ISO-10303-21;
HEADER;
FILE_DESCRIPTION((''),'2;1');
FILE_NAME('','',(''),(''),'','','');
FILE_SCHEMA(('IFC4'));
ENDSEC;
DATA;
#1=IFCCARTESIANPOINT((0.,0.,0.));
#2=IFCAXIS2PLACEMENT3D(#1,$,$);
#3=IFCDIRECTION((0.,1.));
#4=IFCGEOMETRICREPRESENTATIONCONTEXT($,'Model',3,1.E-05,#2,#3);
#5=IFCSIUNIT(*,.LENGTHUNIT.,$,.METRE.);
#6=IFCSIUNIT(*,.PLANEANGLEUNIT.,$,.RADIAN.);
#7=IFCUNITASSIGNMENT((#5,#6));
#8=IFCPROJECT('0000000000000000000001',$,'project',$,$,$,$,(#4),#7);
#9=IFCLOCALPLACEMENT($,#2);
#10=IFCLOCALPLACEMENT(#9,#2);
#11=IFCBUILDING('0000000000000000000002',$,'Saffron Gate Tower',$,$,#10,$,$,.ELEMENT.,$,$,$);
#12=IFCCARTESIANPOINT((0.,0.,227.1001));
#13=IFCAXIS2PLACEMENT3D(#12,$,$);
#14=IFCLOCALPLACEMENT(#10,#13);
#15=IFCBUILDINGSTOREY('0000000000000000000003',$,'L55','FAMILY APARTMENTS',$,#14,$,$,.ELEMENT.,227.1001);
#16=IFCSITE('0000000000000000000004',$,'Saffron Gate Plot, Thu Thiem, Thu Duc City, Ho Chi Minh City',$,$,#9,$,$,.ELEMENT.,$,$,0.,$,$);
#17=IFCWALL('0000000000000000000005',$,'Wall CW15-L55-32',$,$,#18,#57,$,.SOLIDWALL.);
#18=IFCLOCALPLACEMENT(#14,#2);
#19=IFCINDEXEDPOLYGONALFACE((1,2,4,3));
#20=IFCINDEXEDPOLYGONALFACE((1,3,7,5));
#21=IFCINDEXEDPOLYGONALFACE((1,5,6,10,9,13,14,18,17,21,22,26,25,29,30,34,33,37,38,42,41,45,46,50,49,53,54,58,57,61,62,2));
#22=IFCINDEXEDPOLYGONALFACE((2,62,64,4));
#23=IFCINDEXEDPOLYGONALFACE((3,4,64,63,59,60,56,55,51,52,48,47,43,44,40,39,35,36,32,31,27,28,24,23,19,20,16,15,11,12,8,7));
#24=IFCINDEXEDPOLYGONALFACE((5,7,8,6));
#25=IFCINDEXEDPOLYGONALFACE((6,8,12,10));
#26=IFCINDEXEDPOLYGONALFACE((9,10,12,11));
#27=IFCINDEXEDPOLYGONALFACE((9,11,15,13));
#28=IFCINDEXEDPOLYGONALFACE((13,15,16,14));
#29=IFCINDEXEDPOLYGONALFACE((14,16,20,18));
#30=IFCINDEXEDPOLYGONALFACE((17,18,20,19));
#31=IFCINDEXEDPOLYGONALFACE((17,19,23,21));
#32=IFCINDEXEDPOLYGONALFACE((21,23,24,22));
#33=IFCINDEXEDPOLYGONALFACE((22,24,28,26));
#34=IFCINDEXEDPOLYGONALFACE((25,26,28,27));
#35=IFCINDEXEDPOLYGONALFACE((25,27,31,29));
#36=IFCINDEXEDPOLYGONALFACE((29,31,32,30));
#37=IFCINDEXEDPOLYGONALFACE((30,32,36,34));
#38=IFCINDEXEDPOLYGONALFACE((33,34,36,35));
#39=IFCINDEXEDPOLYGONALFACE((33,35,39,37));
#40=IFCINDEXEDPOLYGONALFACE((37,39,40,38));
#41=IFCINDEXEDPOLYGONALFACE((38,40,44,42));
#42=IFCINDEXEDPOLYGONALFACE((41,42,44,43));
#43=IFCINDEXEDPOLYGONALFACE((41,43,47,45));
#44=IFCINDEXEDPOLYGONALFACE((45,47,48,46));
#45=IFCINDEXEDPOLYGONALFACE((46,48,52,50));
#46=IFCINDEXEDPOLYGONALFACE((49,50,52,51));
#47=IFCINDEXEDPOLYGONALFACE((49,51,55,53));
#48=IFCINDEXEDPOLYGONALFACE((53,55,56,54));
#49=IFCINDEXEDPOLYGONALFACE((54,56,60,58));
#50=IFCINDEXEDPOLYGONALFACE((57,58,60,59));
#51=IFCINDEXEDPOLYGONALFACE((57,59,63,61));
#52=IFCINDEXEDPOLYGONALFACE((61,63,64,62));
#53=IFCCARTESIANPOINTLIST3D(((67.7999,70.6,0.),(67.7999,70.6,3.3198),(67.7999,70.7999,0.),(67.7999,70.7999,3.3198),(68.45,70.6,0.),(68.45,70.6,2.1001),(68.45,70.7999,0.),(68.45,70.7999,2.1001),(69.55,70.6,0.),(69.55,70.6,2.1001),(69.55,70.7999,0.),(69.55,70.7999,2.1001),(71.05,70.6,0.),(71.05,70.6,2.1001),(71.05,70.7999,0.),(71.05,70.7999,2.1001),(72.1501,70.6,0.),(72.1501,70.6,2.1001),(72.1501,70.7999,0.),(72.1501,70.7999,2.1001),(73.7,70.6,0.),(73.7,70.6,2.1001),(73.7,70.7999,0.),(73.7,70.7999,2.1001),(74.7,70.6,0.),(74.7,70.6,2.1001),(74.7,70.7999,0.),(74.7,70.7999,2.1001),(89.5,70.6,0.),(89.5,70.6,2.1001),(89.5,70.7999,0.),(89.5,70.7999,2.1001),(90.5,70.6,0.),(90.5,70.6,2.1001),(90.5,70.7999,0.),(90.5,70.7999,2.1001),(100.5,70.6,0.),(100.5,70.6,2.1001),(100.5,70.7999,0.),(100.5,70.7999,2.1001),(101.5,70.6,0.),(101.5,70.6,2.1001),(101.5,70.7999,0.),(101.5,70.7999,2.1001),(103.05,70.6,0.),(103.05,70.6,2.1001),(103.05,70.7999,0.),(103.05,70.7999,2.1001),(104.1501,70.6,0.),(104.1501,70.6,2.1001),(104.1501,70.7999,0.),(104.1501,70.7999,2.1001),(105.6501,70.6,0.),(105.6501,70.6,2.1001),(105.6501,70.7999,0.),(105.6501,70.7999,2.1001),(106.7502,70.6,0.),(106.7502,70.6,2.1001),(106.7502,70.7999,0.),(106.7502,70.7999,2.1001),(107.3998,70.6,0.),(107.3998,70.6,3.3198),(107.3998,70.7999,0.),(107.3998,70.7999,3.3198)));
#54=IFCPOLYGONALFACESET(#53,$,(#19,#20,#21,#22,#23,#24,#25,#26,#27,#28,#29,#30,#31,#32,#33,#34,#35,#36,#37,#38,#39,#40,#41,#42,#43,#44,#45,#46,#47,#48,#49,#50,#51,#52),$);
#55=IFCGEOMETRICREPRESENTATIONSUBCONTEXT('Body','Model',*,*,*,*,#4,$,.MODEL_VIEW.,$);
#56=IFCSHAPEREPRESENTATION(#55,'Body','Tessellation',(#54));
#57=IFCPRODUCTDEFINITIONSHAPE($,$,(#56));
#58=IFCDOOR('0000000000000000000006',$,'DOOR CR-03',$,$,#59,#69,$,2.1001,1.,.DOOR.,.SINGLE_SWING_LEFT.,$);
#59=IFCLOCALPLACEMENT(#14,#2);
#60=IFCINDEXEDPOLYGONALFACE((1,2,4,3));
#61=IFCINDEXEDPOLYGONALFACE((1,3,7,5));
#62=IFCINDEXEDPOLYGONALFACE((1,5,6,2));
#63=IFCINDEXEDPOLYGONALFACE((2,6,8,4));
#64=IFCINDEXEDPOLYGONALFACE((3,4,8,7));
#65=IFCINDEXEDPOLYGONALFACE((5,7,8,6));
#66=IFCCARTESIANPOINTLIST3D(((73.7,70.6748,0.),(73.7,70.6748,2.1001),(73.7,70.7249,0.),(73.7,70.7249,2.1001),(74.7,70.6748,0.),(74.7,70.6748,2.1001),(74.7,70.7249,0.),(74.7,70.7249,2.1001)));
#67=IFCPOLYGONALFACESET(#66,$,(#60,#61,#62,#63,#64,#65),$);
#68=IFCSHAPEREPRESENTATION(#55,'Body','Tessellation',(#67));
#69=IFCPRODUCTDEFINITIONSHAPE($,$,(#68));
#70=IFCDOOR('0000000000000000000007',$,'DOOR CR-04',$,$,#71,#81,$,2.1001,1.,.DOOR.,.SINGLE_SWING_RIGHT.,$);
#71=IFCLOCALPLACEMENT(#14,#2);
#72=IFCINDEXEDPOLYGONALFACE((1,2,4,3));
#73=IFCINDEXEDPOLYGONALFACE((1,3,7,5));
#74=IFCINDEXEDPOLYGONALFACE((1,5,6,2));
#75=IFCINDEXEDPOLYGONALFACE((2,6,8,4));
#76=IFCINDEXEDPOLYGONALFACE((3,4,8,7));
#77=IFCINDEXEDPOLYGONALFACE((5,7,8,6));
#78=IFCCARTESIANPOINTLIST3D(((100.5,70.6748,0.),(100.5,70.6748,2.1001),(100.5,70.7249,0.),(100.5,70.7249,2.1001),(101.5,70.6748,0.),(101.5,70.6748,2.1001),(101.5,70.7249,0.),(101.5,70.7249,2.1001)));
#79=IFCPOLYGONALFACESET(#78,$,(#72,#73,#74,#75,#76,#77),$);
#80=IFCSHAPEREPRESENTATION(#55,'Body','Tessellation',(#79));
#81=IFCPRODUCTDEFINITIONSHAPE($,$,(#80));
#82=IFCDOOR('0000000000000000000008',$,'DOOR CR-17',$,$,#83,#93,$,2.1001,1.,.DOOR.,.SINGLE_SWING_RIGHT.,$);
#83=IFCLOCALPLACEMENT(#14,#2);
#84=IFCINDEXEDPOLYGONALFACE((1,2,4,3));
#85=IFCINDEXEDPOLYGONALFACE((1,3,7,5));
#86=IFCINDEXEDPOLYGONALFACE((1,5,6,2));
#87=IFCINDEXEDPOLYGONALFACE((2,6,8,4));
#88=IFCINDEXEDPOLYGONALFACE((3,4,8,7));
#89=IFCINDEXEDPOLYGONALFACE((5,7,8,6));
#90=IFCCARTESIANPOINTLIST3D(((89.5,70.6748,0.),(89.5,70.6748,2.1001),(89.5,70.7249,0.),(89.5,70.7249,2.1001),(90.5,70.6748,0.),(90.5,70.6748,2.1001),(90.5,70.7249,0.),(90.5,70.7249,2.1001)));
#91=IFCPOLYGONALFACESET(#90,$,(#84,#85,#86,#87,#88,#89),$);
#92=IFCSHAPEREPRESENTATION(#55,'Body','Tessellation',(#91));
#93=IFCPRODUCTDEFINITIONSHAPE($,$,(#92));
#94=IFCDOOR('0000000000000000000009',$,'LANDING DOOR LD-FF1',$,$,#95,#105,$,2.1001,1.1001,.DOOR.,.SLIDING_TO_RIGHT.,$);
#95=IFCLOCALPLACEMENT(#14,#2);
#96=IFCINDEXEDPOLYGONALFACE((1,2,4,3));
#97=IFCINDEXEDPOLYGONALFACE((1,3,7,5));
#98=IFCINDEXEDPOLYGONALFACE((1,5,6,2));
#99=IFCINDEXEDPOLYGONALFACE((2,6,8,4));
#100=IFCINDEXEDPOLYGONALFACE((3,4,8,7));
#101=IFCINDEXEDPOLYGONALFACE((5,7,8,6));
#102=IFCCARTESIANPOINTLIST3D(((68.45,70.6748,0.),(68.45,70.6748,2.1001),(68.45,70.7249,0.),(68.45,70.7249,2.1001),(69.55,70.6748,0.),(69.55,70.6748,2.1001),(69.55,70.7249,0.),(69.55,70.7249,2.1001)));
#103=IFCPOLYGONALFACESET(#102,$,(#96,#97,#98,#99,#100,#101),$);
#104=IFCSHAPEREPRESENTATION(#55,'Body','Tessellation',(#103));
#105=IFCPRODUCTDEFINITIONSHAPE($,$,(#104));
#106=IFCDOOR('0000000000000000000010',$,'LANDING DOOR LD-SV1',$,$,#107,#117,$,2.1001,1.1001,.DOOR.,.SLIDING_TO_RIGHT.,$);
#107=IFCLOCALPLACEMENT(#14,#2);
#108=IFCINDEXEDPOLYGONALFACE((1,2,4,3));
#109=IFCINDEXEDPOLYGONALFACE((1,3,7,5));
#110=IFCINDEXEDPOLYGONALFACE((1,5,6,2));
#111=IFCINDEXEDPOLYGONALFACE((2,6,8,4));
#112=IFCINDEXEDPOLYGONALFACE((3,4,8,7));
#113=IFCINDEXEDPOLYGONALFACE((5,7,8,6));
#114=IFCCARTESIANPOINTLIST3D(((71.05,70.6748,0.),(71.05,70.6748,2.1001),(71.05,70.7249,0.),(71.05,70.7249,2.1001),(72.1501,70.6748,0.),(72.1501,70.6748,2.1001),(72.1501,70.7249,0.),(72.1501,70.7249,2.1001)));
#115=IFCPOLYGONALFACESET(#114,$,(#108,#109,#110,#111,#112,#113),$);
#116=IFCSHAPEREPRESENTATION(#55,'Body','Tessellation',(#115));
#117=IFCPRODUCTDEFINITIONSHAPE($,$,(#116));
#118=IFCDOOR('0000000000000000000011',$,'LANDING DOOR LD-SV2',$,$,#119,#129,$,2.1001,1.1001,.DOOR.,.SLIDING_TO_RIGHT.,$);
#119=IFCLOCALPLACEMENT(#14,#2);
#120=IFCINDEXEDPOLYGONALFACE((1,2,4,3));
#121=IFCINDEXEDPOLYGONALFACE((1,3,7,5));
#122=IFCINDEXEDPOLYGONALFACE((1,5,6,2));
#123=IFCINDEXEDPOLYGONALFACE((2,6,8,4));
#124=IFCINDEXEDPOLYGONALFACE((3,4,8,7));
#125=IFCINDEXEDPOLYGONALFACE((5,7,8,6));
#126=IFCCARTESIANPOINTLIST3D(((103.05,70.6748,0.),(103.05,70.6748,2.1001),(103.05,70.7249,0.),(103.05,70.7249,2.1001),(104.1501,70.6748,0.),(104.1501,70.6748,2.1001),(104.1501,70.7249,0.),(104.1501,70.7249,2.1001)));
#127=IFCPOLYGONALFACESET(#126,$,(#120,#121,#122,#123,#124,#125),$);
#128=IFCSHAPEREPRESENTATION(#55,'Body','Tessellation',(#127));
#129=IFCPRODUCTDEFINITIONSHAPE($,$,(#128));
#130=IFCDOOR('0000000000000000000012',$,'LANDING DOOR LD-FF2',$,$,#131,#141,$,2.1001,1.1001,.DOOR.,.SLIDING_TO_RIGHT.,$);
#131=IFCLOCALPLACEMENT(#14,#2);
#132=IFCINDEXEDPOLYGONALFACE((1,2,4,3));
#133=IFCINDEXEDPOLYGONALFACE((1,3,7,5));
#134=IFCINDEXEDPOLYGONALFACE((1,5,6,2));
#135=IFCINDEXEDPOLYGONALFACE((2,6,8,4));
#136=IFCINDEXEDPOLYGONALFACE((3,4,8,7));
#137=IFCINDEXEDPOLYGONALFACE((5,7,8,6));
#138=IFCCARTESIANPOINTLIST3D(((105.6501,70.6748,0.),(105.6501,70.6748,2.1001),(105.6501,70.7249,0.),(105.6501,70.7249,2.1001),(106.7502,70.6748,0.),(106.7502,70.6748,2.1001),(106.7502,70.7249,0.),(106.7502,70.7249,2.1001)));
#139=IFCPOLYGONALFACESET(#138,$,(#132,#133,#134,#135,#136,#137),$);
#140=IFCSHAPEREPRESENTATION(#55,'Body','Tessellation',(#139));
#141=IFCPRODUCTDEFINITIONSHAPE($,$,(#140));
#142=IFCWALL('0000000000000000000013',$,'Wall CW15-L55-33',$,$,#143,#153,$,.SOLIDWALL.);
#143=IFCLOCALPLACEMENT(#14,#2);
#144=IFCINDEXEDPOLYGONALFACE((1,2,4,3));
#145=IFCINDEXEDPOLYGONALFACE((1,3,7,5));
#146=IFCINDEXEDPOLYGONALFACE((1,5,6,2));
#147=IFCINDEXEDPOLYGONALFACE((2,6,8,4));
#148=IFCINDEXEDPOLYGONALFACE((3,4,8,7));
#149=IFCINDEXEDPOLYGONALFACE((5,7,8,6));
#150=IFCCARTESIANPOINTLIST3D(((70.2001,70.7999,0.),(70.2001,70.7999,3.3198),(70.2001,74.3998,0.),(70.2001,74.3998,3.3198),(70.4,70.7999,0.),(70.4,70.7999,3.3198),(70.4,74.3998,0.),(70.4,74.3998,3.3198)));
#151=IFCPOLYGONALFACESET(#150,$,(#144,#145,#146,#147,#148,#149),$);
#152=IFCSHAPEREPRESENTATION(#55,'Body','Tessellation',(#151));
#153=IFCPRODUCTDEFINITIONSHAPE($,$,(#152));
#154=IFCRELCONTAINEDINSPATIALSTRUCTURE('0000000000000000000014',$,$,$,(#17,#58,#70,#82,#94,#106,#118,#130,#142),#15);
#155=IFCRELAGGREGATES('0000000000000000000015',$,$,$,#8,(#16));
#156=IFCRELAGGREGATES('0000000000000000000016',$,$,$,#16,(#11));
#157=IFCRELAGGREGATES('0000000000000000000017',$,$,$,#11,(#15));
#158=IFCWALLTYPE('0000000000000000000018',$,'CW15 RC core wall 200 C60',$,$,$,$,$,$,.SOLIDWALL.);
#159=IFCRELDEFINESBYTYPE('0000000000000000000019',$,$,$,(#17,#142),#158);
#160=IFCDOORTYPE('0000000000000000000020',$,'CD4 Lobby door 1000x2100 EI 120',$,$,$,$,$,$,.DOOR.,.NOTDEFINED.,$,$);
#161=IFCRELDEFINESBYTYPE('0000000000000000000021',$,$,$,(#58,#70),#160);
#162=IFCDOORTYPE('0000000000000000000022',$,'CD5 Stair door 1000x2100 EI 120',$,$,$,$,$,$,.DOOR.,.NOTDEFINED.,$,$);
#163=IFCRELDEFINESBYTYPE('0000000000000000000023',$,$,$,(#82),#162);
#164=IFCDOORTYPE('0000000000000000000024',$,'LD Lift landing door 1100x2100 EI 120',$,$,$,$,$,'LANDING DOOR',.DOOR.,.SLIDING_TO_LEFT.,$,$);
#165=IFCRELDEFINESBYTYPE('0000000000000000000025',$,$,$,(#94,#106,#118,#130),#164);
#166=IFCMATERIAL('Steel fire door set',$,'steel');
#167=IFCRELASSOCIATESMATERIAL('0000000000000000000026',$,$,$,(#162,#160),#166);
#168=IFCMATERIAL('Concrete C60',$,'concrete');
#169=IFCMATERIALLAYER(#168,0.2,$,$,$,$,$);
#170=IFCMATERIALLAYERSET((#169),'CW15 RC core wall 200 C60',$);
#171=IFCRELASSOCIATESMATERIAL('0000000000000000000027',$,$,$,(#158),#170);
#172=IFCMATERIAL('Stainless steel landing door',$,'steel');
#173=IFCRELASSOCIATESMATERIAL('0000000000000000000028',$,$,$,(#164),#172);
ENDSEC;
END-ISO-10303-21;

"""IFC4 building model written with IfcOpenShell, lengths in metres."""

from ifc_helpers import new_model, si_unit, direction, frame, frame_2d, origin, place, context, subcontext, project, spatial, rectangle, extrude, material, layer, layer_set, type_object, element, fill, save


model = new_model("IFC4")

# Units and contexts
model_context = context("Model", 3, precision=1e-05, world=origin(), true_north=direction((0.0, 1.0)))
body_context = subcontext(model_context, "Body", "Model", "MODEL_VIEW")
ifc_project = project(units=[si_unit("LENGTHUNIT", "METRE"), si_unit("PLANEANGLEUNIT", "RADIAN")], contexts=[model_context])

# Site, building, storey
site_placement = place(None, origin())
site = spatial("IfcSite", under=ifc_project, at=site_placement, Name="Saffron Gate Plot, Thu Thiem, Thu Duc City, Ho Chi Minh City", CompositionType="ELEMENT", RefElevation=0.0)
building_placement = place(site_placement, origin())
building = spatial("IfcBuilding", under=site, at=building_placement, Name="Saffron Gate Tower", CompositionType="ELEMENT")
storey_placement = place(building_placement, frame((0.0, 0.0, 227.1001)))
storey = spatial("IfcBuildingStorey", under=building, at=storey_placement, Name="L55", Description="FAMILY APARTMENTS", CompositionType="ELEMENT", Elevation=227.1001)

# Wall, openings, doors
ifc_material_1 = material(Name="Concrete C60", Category="concrete")
ifc_material_2 = material(Name="Steel fire door set", Category="steel")
door_type_1 = type_object("IfcDoorType", Name="CD5 Stair door 1000x2100 EI 120", OperationType="NOTDEFINED", PredefinedType="DOOR", material=ifc_material_2)
ifc_layer_1 = layer(ifc_material_1, 0.2)
ifc_layer_set_1 = layer_set([ifc_layer_1], Name="CW15 RC core wall 200 C60")
wall_type_1 = type_object("IfcWallType", Name="CW15 RC core wall 200 C60", PredefinedType="SOLIDWALL", material=ifc_layer_set_1)
wall_1_placement = place(storey_placement, frame((67.8, 70.7, 0.0), z_axis=(0.0, 0.0, 1.0), x_axis=(1.0, 0.0, 0.0)))
wall_1 = element("IfcWall", 1, at=wall_1_placement, inside=storey, type_object=wall_type_1, Name="Wall CW15-L55-32", PredefinedType="SOLIDWALL", context=body_context, shape_type="SweptSolid", body=[
    extrude(rectangle(XDim=39.5999, YDim=0.2, at=frame_2d((19.7998, 0.0))), origin(), (0.0, 0.0, 1.0), 3.3198),
])
opening_1_placement = place(wall_1_placement, frame((0.6499, 0.0, 0.0)))
opening_1 = element("IfcOpeningElement", 2, at=opening_1_placement, cuts=wall_1, PredefinedType="OPENING", context=body_context, shape_type="SweptSolid", body=[
    extrude(rectangle(XDim=1.1001, YDim=2.1001, at=frame_2d((0.55, 1.05))), frame((0.0, 0.1099, 0.0), z_axis=(0.0, -1.0, 0.0), x_axis=(1.0, 0.0, 0.0)), (0.0, 0.0, 1.0), 0.22),
])
opening_2_placement = place(wall_1_placement, frame((3.25, 0.0, 0.0)))
opening_2 = element("IfcOpeningElement", 3, at=opening_2_placement, cuts=wall_1, PredefinedType="OPENING", context=body_context, shape_type="SweptSolid", body=[
    extrude(rectangle(XDim=1.1001, YDim=2.1001, at=frame_2d((0.55, 1.05))), frame((0.0, 0.1099, 0.0), z_axis=(0.0, -1.0, 0.0), x_axis=(1.0, 0.0, 0.0)), (0.0, 0.0, 1.0), 0.22),
])
opening_3_placement = place(wall_1_placement, frame((5.8999, 0.0, 0.0)))
opening_3 = element("IfcOpeningElement", 4, at=opening_3_placement, cuts=wall_1, PredefinedType="OPENING", context=body_context, shape_type="SweptSolid", body=[
    extrude(rectangle(XDim=1.0, YDim=2.1001, at=frame_2d((0.5, 1.05))), frame((0.0, 0.1099, 0.0), z_axis=(0.0, -1.0, 0.0), x_axis=(1.0, 0.0, 0.0)), (0.0, 0.0, 1.0), 0.22),
])
opening_4_placement = place(wall_1_placement, frame((21.7, 0.0, 0.0)))
opening_4 = element("IfcOpeningElement", 5, at=opening_4_placement, cuts=wall_1, PredefinedType="OPENING", context=body_context, shape_type="SweptSolid", body=[
    extrude(rectangle(XDim=1.0, YDim=2.1001, at=frame_2d((0.5, 1.05))), frame((0.0, 0.1099, 0.0), z_axis=(0.0, -1.0, 0.0), x_axis=(1.0, 0.0, 0.0)), (0.0, 0.0, 1.0), 0.22),
])
opening_5_placement = place(wall_1_placement, frame((32.7, 0.0, 0.0)))
opening_5 = element("IfcOpeningElement", 6, at=opening_5_placement, cuts=wall_1, PredefinedType="OPENING", context=body_context, shape_type="SweptSolid", body=[
    extrude(rectangle(XDim=1.0, YDim=2.1001, at=frame_2d((0.5, 1.05))), frame((0.0, 0.1099, 0.0), z_axis=(0.0, -1.0, 0.0), x_axis=(1.0, 0.0, 0.0)), (0.0, 0.0, 1.0), 0.22),
])
opening_6_placement = place(wall_1_placement, frame((35.25, 0.0, 0.0)))
opening_6 = element("IfcOpeningElement", 7, at=opening_6_placement, cuts=wall_1, PredefinedType="OPENING", context=body_context, shape_type="SweptSolid", body=[
    extrude(rectangle(XDim=1.1001, YDim=2.1001, at=frame_2d((0.55, 1.05))), frame((0.0, 0.1099, 0.0), z_axis=(0.0, -1.0, 0.0), x_axis=(1.0, 0.0, 0.0)), (0.0, 0.0, 1.0), 0.22),
])
opening_7_placement = place(wall_1_placement, frame((37.8501, 0.0, 0.0)))
opening_7 = element("IfcOpeningElement", 8, at=opening_7_placement, cuts=wall_1, PredefinedType="OPENING", context=body_context, shape_type="SweptSolid", body=[
    extrude(rectangle(XDim=1.1001, YDim=2.1001, at=frame_2d((0.55, 1.05))), frame((0.0, 0.1099, 0.0), z_axis=(0.0, -1.0, 0.0), x_axis=(1.0, 0.0, 0.0)), (0.0, 0.0, 1.0), 0.22),
])
door_type_2 = type_object("IfcDoorType", Name="CD4 Lobby door 1000x2100 EI 120", OperationType="NOTDEFINED", PredefinedType="DOOR", material=ifc_material_2)
door_1_placement = place(opening_3_placement, origin())
door_1 = element("IfcDoor", 9, at=door_1_placement, inside=storey, type_object=door_type_2, Name="DOOR CR-03", OperationType="SINGLE_SWING_LEFT", OverallHeight=2.1001, OverallWidth=1.0, PredefinedType="DOOR", context=body_context, shape_type="SweptSolid", body=[
    extrude(rectangle(XDim=1.0, YDim=2.1001, at=frame_2d((0.5, 1.05))), frame((0.0, 0.0249, 0.0), z_axis=(0.0, -1.0, 0.0), x_axis=(1.0, 0.0, 0.0)), (0.0, 0.0, 1.0), 0.05),
])
fill(opening_3, door_1)
door_2_placement = place(opening_5_placement, origin())
door_2 = element("IfcDoor", 10, at=door_2_placement, inside=storey, type_object=door_type_2, Name="DOOR CR-04", OperationType="SINGLE_SWING_RIGHT", OverallHeight=2.1001, OverallWidth=1.0, PredefinedType="DOOR", context=body_context, shape_type="SweptSolid", body=[
    extrude(rectangle(XDim=1.0, YDim=2.1001, at=frame_2d((0.5, 1.05))), frame((0.0, 0.0249, 0.0), z_axis=(0.0, -1.0, 0.0), x_axis=(1.0, 0.0, 0.0)), (0.0, 0.0, 1.0), 0.05),
])
fill(opening_5, door_2)
door_3_placement = place(opening_4_placement, origin())
door_3 = element("IfcDoor", 11, at=door_3_placement, inside=storey, type_object=door_type_1, Name="DOOR CR-17", OperationType="SINGLE_SWING_RIGHT", OverallHeight=2.1001, OverallWidth=1.0, PredefinedType="DOOR", context=body_context, shape_type="SweptSolid", body=[
    extrude(rectangle(XDim=1.0, YDim=2.1001, at=frame_2d((0.5, 1.05))), frame((0.0, 0.0249, 0.0), z_axis=(0.0, -1.0, 0.0), x_axis=(1.0, 0.0, 0.0)), (0.0, 0.0, 1.0), 0.05),
])
fill(opening_4, door_3)
ifc_material_3 = material(Name="Stainless steel landing door", Category="steel")
door_type_3 = type_object("IfcDoorType", Name="LD Lift landing door 1100x2100 EI 120", ElementType="LANDING DOOR", OperationType="SLIDING_TO_LEFT", PredefinedType="DOOR", material=ifc_material_3)
door_4_placement = place(opening_1_placement, origin())
door_4 = element("IfcDoor", 12, at=door_4_placement, inside=storey, type_object=door_type_3, Name="LANDING DOOR LD-FF1", OperationType="SLIDING_TO_RIGHT", OverallHeight=2.1001, OverallWidth=1.1001, PredefinedType="DOOR", context=body_context, shape_type="SweptSolid", body=[
    extrude(rectangle(XDim=1.1001, YDim=2.1001, at=frame_2d((0.55, 1.05))), frame((0.0, 0.0249, 0.0), z_axis=(0.0, -1.0, 0.0), x_axis=(1.0, 0.0, 0.0)), (0.0, 0.0, 1.0), 0.05),
])
fill(opening_1, door_4)
door_5_placement = place(opening_2_placement, origin())
door_5 = element("IfcDoor", 13, at=door_5_placement, inside=storey, type_object=door_type_3, Name="LANDING DOOR LD-SV1", OperationType="SLIDING_TO_RIGHT", OverallHeight=2.1001, OverallWidth=1.1001, PredefinedType="DOOR", context=body_context, shape_type="SweptSolid", body=[
    extrude(rectangle(XDim=1.1001, YDim=2.1001, at=frame_2d((0.55, 1.05))), frame((0.0, 0.0249, 0.0), z_axis=(0.0, -1.0, 0.0), x_axis=(1.0, 0.0, 0.0)), (0.0, 0.0, 1.0), 0.05),
])
fill(opening_2, door_5)
door_6_placement = place(opening_6_placement, origin())
door_6 = element("IfcDoor", 14, at=door_6_placement, inside=storey, type_object=door_type_3, Name="LANDING DOOR LD-SV2", OperationType="SLIDING_TO_RIGHT", OverallHeight=2.1001, OverallWidth=1.1001, PredefinedType="DOOR", context=body_context, shape_type="SweptSolid", body=[
    extrude(rectangle(XDim=1.1001, YDim=2.1001, at=frame_2d((0.55, 1.05))), frame((0.0, 0.0249, 0.0), z_axis=(0.0, -1.0, 0.0), x_axis=(1.0, 0.0, 0.0)), (0.0, 0.0, 1.0), 0.05),
])
fill(opening_6, door_6)
door_7_placement = place(opening_7_placement, origin())
door_7 = element("IfcDoor", 15, at=door_7_placement, inside=storey, type_object=door_type_3, Name="LANDING DOOR LD-FF2", OperationType="SLIDING_TO_RIGHT", OverallHeight=2.1001, OverallWidth=1.1001, PredefinedType="DOOR", context=body_context, shape_type="SweptSolid", body=[
    extrude(rectangle(XDim=1.1001, YDim=2.1001, at=frame_2d((0.55, 1.05))), frame((0.0, 0.0249, 0.0), z_axis=(0.0, -1.0, 0.0), x_axis=(1.0, 0.0, 0.0)), (0.0, 0.0, 1.0), 0.05),
])
fill(opening_7, door_7)

# Wall
wall_2_placement = place(storey_placement, frame((70.3, 70.8, 0.0), z_axis=(0.0, 0.0, 1.0), x_axis=(0.0, 1.0, 0.0)))
element("IfcWall", 16, at=wall_2_placement, inside=storey, type_object=wall_type_1, Name="Wall CW15-L55-33", PredefinedType="SOLIDWALL", context=body_context, shape_type="SweptSolid", body=[
    extrude(rectangle(XDim=3.5999, YDim=0.2, at=frame_2d((1.7998, 0.0))), origin(), (0.0, 0.0, 1.0), 3.3198),
])

save(model, "model.ifc")
